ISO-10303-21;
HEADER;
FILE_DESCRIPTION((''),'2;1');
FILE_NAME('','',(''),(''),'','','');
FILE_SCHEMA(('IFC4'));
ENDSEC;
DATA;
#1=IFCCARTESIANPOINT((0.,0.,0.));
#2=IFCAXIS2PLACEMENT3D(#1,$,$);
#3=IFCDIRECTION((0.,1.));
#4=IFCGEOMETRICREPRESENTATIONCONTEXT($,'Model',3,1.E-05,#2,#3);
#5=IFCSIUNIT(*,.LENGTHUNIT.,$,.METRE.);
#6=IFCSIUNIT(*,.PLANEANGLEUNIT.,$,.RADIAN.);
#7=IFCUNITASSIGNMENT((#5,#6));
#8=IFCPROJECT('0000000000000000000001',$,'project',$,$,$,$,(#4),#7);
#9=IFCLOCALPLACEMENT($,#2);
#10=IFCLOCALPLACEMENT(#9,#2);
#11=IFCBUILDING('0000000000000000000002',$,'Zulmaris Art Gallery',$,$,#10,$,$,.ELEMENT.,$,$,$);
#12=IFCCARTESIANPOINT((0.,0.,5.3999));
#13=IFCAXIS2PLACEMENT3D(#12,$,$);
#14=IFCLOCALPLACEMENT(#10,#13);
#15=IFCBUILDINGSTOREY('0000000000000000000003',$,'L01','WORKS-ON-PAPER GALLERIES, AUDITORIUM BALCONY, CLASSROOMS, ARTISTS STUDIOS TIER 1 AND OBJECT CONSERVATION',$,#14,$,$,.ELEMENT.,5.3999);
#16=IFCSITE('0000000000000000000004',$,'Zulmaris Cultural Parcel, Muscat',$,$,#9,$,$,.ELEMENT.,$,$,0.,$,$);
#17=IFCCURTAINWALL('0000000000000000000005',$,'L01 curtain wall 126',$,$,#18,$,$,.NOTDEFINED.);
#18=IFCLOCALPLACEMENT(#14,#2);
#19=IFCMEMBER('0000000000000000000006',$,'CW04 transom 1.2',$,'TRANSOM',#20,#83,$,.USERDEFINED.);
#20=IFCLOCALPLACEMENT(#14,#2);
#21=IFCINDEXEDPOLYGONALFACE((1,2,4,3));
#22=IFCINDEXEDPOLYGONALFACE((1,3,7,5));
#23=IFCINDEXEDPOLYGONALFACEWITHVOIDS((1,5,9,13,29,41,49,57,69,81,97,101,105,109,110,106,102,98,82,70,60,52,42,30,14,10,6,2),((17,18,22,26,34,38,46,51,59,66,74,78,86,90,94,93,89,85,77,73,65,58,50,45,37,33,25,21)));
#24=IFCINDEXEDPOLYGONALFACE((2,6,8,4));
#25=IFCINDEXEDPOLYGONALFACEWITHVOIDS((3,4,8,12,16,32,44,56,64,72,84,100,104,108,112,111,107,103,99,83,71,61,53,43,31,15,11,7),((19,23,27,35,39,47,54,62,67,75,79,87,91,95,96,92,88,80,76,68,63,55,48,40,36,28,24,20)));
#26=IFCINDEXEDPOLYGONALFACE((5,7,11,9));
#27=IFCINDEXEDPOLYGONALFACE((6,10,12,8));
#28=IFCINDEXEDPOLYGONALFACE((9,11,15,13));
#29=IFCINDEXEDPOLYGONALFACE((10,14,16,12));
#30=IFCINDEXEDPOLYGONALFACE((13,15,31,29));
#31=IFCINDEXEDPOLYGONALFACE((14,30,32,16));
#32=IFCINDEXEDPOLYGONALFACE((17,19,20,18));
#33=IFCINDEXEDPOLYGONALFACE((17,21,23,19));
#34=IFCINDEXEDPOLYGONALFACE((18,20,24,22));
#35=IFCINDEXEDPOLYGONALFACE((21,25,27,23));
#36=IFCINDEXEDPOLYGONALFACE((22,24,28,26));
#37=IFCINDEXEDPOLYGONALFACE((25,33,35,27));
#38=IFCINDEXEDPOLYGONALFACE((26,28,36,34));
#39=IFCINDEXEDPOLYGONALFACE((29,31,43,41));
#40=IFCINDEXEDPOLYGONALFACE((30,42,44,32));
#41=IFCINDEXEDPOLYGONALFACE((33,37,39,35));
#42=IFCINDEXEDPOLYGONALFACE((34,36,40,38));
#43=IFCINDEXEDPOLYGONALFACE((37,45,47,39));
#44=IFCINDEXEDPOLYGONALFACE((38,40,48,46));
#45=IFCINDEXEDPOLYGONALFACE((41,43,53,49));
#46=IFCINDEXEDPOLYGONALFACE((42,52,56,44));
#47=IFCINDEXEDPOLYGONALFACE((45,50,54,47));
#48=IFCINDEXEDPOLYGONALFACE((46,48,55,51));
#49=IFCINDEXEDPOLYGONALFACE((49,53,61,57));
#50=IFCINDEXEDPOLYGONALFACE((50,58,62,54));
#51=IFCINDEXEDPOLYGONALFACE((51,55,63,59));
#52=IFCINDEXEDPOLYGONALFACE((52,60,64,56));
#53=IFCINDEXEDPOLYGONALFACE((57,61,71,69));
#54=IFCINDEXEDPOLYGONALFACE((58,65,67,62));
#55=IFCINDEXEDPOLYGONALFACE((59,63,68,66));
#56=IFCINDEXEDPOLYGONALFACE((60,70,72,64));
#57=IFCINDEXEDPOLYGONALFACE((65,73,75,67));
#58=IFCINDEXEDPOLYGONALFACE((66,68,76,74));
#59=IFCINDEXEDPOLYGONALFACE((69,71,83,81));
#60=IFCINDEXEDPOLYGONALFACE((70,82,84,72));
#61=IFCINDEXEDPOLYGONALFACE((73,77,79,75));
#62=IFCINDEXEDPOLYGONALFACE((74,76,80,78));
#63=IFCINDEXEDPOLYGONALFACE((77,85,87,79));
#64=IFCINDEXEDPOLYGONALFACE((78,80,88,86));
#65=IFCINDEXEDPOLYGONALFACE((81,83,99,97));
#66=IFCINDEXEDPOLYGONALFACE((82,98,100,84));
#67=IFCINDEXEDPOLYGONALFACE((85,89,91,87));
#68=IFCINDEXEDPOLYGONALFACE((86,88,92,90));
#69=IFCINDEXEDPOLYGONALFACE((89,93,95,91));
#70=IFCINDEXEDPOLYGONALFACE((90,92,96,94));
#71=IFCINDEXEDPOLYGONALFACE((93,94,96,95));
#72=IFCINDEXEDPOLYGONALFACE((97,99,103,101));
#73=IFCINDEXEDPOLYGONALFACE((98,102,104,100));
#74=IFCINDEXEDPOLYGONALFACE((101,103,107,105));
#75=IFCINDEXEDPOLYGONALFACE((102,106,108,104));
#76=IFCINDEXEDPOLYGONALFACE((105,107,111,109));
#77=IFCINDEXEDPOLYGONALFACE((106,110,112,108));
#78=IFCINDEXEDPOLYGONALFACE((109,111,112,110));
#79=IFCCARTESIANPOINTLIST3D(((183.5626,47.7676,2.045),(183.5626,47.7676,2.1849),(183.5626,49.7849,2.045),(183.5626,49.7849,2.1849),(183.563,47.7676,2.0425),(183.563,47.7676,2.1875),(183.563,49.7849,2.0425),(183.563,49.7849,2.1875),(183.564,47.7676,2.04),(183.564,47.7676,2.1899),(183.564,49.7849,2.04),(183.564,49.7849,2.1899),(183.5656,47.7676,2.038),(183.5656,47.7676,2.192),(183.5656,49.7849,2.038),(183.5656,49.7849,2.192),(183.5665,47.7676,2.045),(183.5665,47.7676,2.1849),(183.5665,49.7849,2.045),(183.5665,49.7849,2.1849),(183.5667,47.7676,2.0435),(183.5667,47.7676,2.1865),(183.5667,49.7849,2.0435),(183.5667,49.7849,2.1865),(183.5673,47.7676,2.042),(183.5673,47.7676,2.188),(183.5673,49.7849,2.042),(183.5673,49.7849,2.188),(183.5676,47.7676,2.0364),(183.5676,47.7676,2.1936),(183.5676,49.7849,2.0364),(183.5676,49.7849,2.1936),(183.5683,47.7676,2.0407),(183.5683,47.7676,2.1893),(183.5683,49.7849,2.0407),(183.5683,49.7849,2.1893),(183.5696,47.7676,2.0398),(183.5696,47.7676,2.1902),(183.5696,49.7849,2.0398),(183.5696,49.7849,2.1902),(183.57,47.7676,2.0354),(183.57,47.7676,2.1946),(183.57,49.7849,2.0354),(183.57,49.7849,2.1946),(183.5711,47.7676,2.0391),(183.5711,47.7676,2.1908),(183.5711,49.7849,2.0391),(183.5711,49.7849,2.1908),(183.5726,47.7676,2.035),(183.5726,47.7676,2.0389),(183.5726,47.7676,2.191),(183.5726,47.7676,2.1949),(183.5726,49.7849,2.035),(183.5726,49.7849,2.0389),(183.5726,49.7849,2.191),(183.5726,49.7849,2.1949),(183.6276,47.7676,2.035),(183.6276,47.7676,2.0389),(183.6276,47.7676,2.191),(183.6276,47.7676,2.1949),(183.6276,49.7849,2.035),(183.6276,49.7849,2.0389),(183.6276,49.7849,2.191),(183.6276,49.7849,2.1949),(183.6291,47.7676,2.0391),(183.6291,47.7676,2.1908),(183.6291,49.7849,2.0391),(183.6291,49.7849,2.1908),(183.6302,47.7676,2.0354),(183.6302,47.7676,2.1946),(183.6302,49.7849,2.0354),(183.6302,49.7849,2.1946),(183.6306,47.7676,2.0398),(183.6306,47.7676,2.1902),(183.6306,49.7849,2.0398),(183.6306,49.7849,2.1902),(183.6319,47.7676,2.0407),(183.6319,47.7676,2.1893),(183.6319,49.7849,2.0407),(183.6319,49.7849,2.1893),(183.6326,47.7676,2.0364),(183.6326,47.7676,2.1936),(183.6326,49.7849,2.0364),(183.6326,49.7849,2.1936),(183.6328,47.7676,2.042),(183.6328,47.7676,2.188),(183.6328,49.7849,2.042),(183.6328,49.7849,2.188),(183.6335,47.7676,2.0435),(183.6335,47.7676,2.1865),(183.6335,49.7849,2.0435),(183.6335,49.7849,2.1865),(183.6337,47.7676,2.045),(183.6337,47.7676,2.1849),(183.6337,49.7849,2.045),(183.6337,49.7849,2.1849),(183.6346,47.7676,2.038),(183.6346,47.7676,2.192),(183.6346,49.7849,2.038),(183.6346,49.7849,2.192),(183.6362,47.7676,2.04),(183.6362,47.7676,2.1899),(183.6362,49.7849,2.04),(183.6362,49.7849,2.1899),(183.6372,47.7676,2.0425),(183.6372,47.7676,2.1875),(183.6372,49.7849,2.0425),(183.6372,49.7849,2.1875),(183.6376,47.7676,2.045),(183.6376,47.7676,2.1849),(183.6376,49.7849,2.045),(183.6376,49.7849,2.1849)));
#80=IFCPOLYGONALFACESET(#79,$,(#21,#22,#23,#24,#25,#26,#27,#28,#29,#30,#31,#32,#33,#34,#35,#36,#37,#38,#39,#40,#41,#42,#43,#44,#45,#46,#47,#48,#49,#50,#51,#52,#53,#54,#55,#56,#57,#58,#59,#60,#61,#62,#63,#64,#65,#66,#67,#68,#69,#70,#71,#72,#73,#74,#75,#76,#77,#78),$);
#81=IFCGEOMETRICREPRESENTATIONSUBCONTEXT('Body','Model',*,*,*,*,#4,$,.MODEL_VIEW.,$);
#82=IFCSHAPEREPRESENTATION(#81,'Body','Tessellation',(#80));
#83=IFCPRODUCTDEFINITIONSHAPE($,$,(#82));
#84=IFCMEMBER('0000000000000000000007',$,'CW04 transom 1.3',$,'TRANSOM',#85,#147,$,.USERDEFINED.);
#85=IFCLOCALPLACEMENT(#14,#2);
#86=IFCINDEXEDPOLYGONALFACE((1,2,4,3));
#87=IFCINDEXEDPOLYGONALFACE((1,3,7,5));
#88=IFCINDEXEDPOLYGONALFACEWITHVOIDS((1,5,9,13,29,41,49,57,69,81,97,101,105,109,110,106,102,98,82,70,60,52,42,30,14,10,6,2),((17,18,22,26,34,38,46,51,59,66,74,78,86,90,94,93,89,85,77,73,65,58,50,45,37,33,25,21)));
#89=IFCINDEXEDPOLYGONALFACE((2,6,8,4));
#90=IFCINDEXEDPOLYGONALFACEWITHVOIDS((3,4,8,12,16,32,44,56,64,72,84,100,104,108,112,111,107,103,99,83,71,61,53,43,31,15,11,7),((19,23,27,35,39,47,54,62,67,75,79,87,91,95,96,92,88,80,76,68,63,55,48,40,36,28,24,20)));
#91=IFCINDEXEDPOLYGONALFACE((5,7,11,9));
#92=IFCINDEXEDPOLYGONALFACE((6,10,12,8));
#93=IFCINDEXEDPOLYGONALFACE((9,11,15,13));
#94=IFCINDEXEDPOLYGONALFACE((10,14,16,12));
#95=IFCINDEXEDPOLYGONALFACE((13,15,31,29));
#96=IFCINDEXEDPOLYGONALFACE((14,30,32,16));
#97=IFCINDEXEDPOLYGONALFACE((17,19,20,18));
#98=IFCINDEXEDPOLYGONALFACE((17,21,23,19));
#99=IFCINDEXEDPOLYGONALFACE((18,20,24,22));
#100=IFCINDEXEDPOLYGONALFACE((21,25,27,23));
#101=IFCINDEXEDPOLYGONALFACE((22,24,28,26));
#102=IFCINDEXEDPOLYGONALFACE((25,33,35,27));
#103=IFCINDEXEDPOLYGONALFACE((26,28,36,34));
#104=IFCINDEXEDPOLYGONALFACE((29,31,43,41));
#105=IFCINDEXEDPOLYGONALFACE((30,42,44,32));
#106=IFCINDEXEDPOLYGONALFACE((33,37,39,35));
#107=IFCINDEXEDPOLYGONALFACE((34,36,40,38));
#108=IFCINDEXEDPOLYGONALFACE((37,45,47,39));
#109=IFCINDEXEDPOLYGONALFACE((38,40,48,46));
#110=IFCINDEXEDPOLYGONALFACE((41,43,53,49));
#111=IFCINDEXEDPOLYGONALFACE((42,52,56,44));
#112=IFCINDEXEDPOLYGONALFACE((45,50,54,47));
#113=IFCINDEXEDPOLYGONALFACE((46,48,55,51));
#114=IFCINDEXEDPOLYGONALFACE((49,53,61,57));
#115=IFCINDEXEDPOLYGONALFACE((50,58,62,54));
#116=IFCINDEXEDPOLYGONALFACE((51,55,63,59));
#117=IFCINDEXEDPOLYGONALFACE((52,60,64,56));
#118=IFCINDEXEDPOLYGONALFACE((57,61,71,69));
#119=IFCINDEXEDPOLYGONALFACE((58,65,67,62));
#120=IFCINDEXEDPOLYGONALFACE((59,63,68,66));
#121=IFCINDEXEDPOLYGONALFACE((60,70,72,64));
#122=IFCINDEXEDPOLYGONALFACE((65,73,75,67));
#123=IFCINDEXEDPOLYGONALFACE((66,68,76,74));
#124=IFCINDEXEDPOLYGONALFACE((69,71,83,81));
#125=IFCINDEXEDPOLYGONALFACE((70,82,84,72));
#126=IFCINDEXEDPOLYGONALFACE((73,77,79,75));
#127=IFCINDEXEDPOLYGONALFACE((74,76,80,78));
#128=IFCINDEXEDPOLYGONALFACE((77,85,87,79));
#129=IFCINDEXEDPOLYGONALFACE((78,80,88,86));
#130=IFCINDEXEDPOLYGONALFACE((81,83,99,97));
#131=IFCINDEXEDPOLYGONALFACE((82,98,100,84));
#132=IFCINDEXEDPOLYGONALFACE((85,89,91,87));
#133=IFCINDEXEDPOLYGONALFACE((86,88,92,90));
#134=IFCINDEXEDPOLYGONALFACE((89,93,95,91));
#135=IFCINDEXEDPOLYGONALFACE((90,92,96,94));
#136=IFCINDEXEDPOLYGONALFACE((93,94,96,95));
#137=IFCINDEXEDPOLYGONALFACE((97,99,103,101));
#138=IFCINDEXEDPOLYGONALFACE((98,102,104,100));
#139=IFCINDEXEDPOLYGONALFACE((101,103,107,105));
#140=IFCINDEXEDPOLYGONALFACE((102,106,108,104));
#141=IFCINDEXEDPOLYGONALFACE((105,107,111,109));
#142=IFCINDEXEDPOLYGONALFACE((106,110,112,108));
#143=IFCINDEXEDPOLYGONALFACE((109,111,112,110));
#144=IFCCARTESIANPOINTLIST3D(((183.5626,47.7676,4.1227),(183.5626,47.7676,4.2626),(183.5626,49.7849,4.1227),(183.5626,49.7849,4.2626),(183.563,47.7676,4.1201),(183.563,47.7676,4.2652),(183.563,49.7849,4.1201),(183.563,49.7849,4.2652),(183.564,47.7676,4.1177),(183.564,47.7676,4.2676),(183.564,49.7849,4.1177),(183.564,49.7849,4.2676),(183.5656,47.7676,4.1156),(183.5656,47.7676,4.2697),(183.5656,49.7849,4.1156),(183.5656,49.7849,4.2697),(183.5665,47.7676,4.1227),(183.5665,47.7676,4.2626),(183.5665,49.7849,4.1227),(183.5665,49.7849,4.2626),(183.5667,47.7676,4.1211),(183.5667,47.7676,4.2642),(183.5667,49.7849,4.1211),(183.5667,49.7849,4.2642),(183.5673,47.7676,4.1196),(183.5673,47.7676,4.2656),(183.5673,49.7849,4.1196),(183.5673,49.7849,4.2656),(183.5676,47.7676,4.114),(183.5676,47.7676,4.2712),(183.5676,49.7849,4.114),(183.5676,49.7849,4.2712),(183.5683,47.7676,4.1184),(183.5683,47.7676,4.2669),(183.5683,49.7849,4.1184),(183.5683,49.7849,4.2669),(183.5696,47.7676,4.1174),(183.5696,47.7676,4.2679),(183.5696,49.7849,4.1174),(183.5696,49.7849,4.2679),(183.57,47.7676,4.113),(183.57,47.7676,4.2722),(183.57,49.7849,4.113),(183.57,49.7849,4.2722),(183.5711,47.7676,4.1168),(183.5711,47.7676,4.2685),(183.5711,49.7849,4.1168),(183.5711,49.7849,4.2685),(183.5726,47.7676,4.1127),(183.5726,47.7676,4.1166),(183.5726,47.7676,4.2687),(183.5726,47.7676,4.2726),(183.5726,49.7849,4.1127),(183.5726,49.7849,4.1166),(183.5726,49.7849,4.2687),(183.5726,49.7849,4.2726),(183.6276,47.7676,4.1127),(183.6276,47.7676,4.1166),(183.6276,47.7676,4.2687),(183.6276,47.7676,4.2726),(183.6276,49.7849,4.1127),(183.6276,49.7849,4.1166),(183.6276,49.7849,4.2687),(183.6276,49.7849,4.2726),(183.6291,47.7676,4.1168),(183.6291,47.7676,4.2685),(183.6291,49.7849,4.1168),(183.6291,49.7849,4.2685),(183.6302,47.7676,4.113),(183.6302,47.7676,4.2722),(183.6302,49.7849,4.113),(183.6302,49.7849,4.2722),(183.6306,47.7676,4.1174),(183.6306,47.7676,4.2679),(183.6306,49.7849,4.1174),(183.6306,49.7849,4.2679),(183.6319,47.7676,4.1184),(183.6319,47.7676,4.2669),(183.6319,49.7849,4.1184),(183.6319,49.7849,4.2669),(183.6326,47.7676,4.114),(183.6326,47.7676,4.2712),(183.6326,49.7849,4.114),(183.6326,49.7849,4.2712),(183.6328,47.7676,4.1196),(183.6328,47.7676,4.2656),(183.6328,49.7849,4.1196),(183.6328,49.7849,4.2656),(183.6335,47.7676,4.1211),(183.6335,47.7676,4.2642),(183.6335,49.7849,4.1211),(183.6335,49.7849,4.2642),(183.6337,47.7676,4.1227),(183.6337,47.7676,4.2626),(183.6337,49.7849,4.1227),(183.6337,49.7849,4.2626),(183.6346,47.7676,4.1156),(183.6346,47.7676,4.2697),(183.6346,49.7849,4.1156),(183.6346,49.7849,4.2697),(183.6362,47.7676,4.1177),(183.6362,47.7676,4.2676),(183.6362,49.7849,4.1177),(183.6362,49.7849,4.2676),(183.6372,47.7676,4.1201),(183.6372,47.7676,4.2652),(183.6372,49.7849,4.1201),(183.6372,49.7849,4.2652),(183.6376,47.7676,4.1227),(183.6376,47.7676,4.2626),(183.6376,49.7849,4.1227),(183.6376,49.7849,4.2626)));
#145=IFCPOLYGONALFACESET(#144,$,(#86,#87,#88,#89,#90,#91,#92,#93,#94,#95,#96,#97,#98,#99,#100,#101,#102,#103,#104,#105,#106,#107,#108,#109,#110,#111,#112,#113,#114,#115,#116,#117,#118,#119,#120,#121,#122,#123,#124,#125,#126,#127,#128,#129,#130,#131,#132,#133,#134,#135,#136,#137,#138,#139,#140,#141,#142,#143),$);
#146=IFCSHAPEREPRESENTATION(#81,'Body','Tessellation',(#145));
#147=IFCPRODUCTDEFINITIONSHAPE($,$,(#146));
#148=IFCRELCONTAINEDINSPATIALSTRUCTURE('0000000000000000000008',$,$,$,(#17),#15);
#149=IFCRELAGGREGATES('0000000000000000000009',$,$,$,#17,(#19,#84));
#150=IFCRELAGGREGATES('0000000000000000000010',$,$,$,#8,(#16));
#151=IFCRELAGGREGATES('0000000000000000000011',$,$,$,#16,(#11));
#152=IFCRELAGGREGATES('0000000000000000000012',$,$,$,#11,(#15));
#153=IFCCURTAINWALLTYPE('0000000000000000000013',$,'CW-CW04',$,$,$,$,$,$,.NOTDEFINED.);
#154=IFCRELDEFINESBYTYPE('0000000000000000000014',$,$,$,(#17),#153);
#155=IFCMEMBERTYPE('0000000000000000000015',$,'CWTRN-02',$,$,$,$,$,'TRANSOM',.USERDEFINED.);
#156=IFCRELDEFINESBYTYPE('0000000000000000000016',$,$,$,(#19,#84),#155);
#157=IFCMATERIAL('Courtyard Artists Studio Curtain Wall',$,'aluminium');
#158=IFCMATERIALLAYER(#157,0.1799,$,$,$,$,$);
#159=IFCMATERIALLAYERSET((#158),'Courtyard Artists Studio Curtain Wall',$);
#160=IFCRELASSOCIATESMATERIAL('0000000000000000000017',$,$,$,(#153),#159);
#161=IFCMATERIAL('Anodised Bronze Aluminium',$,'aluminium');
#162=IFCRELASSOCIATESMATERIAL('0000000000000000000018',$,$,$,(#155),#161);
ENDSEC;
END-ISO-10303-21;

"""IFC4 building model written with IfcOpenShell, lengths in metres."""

from ifc_helpers import new_model, si_unit, direction, frame, origin, origin_2d, place, context, subcontext, project, spatial, hollow_rectangle, extrude, material, layer, layer_set, material_profile, profile_set, type_object, element, aggregate, save


model = new_model("IFC4")

# Units and contexts
model_context = context("Model", 3, precision=1e-05, world=origin(), true_north=direction((0.0, 1.0)))
body_context = subcontext(model_context, "Body", "Model", "MODEL_VIEW")
ifc_project = project(units=[si_unit("LENGTHUNIT", "METRE"), si_unit("PLANEANGLEUNIT", "RADIAN")], contexts=[model_context])

# Site, building, storey
site_placement = place(None, origin())
site = spatial("IfcSite", under=ifc_project, at=site_placement, Name="Zulmaris Cultural Parcel, Muscat", CompositionType="ELEMENT", RefElevation=0.0)
building_placement = place(site_placement, origin())
building = spatial("IfcBuilding", under=site, at=building_placement, Name="Zulmaris Art Gallery", CompositionType="ELEMENT")
storey_placement = place(building_placement, frame((0.0, 0.0, 5.3999)))
storey = spatial("IfcBuildingStorey", under=building, at=storey_placement, Name="L01", Description="WORKS-ON-PAPER GALLERIES, AUDITORIUM BALCONY, CLASSROOMS, ARTISTS STUDIOS TIER 1 AND OBJECT CONSERVATION", CompositionType="ELEMENT", Elevation=5.3999)

# Curtain wall
ifc_material_1 = material(Name="Courtyard Artists Studio Curtain Wall", Category="aluminium")
ifc_layer_1 = layer(ifc_material_1, 0.1799)
ifc_layer_set_1 = layer_set([ifc_layer_1], Name="Courtyard Artists Studio Curtain Wall")
curtain_wall_type = type_object("IfcCurtainWallType", Name="CW-CW04", PredefinedType="NOTDEFINED", material=ifc_layer_set_1)
curtain_wall_1_placement = place(storey_placement, origin())
curtain_wall_1 = element("IfcCurtainWall", 1, at=curtain_wall_1_placement, inside=storey, type_object=curtain_wall_type, Name="L01 curtain wall 126", PredefinedType="NOTDEFINED")
ifc_material_2 = material(Name="Anodised Bronze Aluminium", Category="aluminium")

# Members
ifc_material_profile_1 = material_profile(ifc_material_2, hollow_rectangle(XDim=0.075, YDim=0.1599, WallThickness=0.0039, InnerFilletRadius=0.0061, OuterFilletRadius=0.01, at=origin_2d()), Name="ALU 75x160x4")
ifc_profile_set_1 = profile_set([ifc_material_profile_1], Name="Anodised Bronze Aluminium")
member_type_1 = type_object("IfcMemberType", Name="CWTRN-02", ElementType="TRANSOM", PredefinedType="USERDEFINED", material=ifc_profile_set_1)
member_1_placement = place(storey_placement, frame((183.6001, 49.7849, 2.115), z_axis=(0.0, -1.0, 0.0), x_axis=(1.0, 0.0, 0.0)))
member_1 = element("IfcMember", 2, at=member_1_placement, type_object=member_type_1, Name="CW04 transom 1.2", ObjectType="TRANSOM", PredefinedType="USERDEFINED", context=body_context, shape_type="SweptSolid", body=[
    extrude(hollow_rectangle(XDim=0.075, YDim=0.1599, WallThickness=0.0039, InnerFilletRadius=0.0061, OuterFilletRadius=0.01, at=origin_2d()), origin(), (0.0, 0.0, 1.0), 2.0173),
])
member_2_placement = place(storey_placement, frame((183.6001, 49.7849, 4.1926), z_axis=(0.0, -1.0, 0.0), x_axis=(1.0, 0.0, 0.0)))
member_2 = element("IfcMember", 3, at=member_2_placement, type_object=member_type_1, Name="CW04 transom 1.3", ObjectType="TRANSOM", PredefinedType="USERDEFINED", context=body_context, shape_type="SweptSolid", body=[
    extrude(hollow_rectangle(XDim=0.075, YDim=0.1599, WallThickness=0.0039, InnerFilletRadius=0.0061, OuterFilletRadius=0.01, at=origin_2d()), origin(), (0.0, 0.0, 1.0), 2.0173),
])

aggregate(curtain_wall_1, [member_1, member_2])

save(model, "model.ifc")
